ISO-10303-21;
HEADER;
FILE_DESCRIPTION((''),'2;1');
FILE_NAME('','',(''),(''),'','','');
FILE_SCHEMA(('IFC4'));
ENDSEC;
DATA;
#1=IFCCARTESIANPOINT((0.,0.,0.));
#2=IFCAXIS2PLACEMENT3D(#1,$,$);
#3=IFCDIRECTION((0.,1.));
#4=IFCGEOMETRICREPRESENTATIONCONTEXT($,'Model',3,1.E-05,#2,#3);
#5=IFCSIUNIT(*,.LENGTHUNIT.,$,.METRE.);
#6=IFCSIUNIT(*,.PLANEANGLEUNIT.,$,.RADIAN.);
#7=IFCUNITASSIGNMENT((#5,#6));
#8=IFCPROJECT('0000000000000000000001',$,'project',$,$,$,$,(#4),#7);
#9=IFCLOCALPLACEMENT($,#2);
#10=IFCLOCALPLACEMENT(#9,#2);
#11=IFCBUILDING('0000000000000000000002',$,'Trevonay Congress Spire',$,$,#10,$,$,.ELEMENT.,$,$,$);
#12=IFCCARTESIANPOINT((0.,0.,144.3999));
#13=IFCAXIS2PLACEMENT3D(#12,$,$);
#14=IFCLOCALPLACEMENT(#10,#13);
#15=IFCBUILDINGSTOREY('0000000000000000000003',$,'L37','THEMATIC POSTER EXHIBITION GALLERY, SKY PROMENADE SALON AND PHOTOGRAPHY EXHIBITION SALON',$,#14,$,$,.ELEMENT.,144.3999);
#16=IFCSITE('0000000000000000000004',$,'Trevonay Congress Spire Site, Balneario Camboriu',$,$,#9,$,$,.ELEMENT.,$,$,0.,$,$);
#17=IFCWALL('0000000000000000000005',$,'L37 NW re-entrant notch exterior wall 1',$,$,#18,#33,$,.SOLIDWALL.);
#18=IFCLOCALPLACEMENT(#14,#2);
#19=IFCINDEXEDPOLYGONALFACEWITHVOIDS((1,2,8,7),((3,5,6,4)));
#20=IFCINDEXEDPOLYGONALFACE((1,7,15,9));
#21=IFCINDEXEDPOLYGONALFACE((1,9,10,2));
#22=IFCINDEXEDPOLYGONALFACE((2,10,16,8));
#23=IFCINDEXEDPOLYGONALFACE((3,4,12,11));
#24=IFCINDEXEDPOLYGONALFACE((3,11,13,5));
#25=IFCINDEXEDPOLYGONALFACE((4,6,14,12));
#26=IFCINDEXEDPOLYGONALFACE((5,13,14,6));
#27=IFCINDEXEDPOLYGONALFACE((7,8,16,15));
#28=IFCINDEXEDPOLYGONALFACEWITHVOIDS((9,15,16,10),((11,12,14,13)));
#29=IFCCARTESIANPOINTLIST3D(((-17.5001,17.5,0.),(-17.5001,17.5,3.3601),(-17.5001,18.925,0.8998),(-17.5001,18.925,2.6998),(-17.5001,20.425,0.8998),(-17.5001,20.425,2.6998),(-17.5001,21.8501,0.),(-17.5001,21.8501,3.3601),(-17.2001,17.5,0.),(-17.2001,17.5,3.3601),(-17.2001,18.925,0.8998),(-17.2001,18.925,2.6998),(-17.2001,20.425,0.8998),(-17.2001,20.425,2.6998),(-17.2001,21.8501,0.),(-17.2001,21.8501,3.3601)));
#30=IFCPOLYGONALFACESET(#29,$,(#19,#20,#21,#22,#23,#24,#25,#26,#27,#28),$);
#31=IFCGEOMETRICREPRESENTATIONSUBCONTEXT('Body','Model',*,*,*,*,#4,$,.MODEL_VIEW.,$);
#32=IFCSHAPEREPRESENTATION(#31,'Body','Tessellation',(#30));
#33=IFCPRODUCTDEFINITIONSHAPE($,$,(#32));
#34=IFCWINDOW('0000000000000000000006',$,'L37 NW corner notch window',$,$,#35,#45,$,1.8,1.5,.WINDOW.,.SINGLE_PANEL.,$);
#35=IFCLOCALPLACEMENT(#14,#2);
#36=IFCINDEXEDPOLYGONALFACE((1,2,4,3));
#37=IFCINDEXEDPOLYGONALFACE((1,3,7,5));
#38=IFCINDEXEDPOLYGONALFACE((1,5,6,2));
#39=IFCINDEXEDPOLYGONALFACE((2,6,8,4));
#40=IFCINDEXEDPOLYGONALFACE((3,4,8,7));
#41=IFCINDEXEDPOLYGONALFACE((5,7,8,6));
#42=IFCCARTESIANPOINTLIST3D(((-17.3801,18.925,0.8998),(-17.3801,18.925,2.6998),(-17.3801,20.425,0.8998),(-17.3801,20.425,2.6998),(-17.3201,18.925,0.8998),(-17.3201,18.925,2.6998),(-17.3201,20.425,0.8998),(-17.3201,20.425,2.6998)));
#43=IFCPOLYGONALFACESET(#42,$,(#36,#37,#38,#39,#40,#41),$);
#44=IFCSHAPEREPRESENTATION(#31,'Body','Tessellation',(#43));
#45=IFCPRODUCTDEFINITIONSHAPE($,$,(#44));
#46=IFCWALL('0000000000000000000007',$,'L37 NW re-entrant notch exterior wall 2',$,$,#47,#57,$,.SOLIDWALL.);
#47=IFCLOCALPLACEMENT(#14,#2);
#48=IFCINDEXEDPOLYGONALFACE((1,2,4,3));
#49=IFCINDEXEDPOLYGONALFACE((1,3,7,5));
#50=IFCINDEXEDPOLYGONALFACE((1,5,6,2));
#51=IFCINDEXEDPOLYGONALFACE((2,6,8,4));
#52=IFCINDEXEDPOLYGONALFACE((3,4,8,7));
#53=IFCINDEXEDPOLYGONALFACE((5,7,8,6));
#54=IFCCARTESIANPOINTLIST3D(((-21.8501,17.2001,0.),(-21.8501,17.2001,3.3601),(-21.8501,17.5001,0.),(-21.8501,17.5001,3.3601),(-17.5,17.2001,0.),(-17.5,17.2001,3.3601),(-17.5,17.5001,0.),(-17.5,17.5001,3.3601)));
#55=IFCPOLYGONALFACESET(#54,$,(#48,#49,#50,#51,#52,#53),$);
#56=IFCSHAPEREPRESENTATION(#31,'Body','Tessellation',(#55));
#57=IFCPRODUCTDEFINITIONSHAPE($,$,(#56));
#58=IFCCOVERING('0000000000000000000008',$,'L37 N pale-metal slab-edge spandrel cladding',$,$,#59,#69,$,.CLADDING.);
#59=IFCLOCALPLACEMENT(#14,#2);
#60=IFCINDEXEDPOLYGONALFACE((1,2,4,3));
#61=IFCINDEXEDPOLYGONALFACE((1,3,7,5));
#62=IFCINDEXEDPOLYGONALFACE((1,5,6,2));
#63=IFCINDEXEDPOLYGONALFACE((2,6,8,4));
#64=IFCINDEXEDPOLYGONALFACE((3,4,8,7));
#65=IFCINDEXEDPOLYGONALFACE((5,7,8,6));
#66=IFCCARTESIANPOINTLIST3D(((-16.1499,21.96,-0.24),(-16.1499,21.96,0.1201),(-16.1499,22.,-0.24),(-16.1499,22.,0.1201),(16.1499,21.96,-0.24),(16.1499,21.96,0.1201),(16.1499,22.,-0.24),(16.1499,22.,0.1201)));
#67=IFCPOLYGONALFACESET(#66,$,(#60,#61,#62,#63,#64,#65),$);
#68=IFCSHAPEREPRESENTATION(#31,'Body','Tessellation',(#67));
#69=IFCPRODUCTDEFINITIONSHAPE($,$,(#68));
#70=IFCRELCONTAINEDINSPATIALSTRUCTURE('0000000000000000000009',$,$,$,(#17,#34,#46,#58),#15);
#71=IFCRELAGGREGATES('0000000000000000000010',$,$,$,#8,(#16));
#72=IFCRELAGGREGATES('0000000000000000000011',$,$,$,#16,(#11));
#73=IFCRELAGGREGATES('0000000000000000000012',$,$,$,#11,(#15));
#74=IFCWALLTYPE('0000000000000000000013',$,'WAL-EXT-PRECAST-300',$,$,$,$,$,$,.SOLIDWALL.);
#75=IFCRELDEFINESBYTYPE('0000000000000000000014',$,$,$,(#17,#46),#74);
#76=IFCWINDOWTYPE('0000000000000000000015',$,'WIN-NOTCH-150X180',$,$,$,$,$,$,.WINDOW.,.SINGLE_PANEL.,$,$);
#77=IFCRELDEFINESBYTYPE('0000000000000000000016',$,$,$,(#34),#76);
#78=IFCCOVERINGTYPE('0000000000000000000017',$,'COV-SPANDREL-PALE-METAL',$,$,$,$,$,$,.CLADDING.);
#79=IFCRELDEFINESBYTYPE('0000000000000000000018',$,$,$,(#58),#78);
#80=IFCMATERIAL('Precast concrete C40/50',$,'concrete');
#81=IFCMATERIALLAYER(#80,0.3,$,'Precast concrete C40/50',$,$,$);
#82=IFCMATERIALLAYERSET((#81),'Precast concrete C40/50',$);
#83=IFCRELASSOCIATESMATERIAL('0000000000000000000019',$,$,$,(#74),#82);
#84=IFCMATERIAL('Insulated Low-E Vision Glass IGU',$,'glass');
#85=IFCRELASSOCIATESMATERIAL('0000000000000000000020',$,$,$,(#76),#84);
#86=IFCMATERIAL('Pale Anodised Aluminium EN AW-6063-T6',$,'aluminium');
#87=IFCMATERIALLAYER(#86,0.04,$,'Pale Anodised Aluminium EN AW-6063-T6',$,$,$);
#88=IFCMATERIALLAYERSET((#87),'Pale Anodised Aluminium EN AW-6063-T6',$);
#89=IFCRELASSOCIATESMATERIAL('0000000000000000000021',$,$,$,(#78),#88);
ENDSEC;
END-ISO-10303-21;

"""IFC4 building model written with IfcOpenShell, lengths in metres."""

from ifc_helpers import new_model, si_unit, direction, frame, frame_2d, origin, place, context, subcontext, project, spatial, rectangle, extrude, material, layer, layer_set, type_object, element, fill, save


model = new_model("IFC4")

# Units and contexts
model_context = context("Model", 3, precision=1e-05, world=origin(), true_north=direction((0.0, 1.0)))
body_context = subcontext(model_context, "Body", "Model", "MODEL_VIEW")
ifc_project = project(units=[si_unit("LENGTHUNIT", "METRE"), si_unit("PLANEANGLEUNIT", "RADIAN")], contexts=[model_context])

# Site, building, storey
site_placement = place(None, origin())
site = spatial("IfcSite", under=ifc_project, at=site_placement, Name="Trevonay Congress Spire Site, Balneario Camboriu", CompositionType="ELEMENT", RefElevation=0.0)
building_placement = place(site_placement, origin())
building = spatial("IfcBuilding", under=site, at=building_placement, Name="Trevonay Congress Spire", CompositionType="ELEMENT")
storey_placement = place(building_placement, frame((0.0, 0.0, 144.3999)))
storey = spatial("IfcBuildingStorey", under=building, at=storey_placement, Name="L37", Description="THEMATIC POSTER EXHIBITION GALLERY, SKY PROMENADE SALON AND PHOTOGRAPHY EXHIBITION SALON", CompositionType="ELEMENT", Elevation=144.3999)

# Shared definitions
ifc_material_1 = material(Name="Pale Anodised Aluminium EN AW-6063-T6", Category="aluminium")

# Shared definitions
ifc_material_2 = material(Name="Precast concrete C40/50", Category="concrete")
ifc_layer_1 = layer(ifc_material_2, 0.3, Name="Precast concrete C40/50")
ifc_layer_set_1 = layer_set([ifc_layer_1], Name="Precast concrete C40/50")
wall_type_1 = type_object("IfcWallType", Name="WAL-EXT-PRECAST-300", PredefinedType="SOLIDWALL", material=ifc_layer_set_1)

# Wall, opening, window
wall_1_placement = place(storey_placement, frame((-17.3501, 21.8501, 0.0), z_axis=(0.0, 0.0, 1.0), x_axis=(0.0, -1.0, 0.0)))
wall_1 = element("IfcWall", 1, at=wall_1_placement, inside=storey, type_object=wall_type_1, Name="L37 NW re-entrant notch exterior wall 1", PredefinedType="SOLIDWALL", context=body_context, shape_type="SweptSolid", body=[
    extrude(rectangle(XDim=4.3501, YDim=0.3, at=frame_2d((2.175, 0.0))), origin(), (0.0, 0.0, 1.0), 3.3601),
])
opening_1_placement = place(wall_1_placement, frame((1.425, 0.0, 0.8999)))
opening_1 = element("IfcOpeningElement", 2, at=opening_1_placement, cuts=wall_1, PredefinedType="OPENING", context=body_context, shape_type="SweptSolid", body=[
    extrude(rectangle(XDim=1.5, YDim=1.8, at=frame_2d((0.75, 0.8999))), frame((0.0, 0.1602, 0.0), z_axis=(0.0, -1.0, 0.0), x_axis=(1.0, 0.0, 0.0)), (0.0, 0.0, 1.0), 0.3201),
])
ifc_material_3 = material(Name="Insulated Low-E Vision Glass IGU", Category="glass")
window_type = type_object("IfcWindowType", Name="WIN-NOTCH-150X180", PartitioningType="SINGLE_PANEL", PredefinedType="WINDOW", material=ifc_material_3)
window_placement = place(opening_1_placement, origin())
window = element("IfcWindow", 3, at=window_placement, inside=storey, type_object=window_type, Name="L37 NW corner notch window", OverallHeight=1.8, OverallWidth=1.5, PartitioningType="SINGLE_PANEL", PredefinedType="WINDOW", context=body_context, shape_type="SweptSolid", body=[
    extrude(rectangle(XDim=1.5, YDim=1.8, at=frame_2d((0.75, 0.8999))), frame((0.0, 0.03, 0.0), z_axis=(0.0, -1.0, 0.0), x_axis=(1.0, 0.0, 0.0)), (0.0, 0.0, 1.0), 0.0601),
])
fill(opening_1, window)

# Wall
wall_2_placement = place(storey_placement, frame((-21.8501, 17.3501, 0.0), z_axis=(0.0, 0.0, 1.0), x_axis=(1.0, 0.0, 0.0)))
element("IfcWall", 4, at=wall_2_placement, inside=storey, type_object=wall_type_1, Name="L37 NW re-entrant notch exterior wall 2", PredefinedType="SOLIDWALL", context=body_context, shape_type="SweptSolid", body=[
    extrude(rectangle(XDim=4.3501, YDim=0.3, at=frame_2d((2.175, 0.0))), origin(), (0.0, 0.0, 1.0), 3.3601),
])

# Covering
ifc_layer_2 = layer(ifc_material_1, 0.04, Name="Pale Anodised Aluminium EN AW-6063-T6")
ifc_layer_set_2 = layer_set([ifc_layer_2], Name="Pale Anodised Aluminium EN AW-6063-T6")
covering_type = type_object("IfcCoveringType", Name="COV-SPANDREL-PALE-METAL", PredefinedType="CLADDING", material=ifc_layer_set_2)
covering_placement = place(storey_placement, frame((-16.1499, 21.98, -0.24), z_axis=(0.0, 0.0, 1.0), x_axis=(1.0, 0.0, 0.0)))
element("IfcCovering", 5, at=covering_placement, inside=storey, type_object=covering_type, Name="L37 N pale-metal slab-edge spandrel cladding", PredefinedType="CLADDING", context=body_context, shape_type="SweptSolid", body=[
    extrude(rectangle(XDim=32.2998, YDim=0.04, at=frame_2d((16.1499, 0.0))), origin(), (0.0, 0.0, 1.0), 0.3601),
])

save(model, "model.ifc")
